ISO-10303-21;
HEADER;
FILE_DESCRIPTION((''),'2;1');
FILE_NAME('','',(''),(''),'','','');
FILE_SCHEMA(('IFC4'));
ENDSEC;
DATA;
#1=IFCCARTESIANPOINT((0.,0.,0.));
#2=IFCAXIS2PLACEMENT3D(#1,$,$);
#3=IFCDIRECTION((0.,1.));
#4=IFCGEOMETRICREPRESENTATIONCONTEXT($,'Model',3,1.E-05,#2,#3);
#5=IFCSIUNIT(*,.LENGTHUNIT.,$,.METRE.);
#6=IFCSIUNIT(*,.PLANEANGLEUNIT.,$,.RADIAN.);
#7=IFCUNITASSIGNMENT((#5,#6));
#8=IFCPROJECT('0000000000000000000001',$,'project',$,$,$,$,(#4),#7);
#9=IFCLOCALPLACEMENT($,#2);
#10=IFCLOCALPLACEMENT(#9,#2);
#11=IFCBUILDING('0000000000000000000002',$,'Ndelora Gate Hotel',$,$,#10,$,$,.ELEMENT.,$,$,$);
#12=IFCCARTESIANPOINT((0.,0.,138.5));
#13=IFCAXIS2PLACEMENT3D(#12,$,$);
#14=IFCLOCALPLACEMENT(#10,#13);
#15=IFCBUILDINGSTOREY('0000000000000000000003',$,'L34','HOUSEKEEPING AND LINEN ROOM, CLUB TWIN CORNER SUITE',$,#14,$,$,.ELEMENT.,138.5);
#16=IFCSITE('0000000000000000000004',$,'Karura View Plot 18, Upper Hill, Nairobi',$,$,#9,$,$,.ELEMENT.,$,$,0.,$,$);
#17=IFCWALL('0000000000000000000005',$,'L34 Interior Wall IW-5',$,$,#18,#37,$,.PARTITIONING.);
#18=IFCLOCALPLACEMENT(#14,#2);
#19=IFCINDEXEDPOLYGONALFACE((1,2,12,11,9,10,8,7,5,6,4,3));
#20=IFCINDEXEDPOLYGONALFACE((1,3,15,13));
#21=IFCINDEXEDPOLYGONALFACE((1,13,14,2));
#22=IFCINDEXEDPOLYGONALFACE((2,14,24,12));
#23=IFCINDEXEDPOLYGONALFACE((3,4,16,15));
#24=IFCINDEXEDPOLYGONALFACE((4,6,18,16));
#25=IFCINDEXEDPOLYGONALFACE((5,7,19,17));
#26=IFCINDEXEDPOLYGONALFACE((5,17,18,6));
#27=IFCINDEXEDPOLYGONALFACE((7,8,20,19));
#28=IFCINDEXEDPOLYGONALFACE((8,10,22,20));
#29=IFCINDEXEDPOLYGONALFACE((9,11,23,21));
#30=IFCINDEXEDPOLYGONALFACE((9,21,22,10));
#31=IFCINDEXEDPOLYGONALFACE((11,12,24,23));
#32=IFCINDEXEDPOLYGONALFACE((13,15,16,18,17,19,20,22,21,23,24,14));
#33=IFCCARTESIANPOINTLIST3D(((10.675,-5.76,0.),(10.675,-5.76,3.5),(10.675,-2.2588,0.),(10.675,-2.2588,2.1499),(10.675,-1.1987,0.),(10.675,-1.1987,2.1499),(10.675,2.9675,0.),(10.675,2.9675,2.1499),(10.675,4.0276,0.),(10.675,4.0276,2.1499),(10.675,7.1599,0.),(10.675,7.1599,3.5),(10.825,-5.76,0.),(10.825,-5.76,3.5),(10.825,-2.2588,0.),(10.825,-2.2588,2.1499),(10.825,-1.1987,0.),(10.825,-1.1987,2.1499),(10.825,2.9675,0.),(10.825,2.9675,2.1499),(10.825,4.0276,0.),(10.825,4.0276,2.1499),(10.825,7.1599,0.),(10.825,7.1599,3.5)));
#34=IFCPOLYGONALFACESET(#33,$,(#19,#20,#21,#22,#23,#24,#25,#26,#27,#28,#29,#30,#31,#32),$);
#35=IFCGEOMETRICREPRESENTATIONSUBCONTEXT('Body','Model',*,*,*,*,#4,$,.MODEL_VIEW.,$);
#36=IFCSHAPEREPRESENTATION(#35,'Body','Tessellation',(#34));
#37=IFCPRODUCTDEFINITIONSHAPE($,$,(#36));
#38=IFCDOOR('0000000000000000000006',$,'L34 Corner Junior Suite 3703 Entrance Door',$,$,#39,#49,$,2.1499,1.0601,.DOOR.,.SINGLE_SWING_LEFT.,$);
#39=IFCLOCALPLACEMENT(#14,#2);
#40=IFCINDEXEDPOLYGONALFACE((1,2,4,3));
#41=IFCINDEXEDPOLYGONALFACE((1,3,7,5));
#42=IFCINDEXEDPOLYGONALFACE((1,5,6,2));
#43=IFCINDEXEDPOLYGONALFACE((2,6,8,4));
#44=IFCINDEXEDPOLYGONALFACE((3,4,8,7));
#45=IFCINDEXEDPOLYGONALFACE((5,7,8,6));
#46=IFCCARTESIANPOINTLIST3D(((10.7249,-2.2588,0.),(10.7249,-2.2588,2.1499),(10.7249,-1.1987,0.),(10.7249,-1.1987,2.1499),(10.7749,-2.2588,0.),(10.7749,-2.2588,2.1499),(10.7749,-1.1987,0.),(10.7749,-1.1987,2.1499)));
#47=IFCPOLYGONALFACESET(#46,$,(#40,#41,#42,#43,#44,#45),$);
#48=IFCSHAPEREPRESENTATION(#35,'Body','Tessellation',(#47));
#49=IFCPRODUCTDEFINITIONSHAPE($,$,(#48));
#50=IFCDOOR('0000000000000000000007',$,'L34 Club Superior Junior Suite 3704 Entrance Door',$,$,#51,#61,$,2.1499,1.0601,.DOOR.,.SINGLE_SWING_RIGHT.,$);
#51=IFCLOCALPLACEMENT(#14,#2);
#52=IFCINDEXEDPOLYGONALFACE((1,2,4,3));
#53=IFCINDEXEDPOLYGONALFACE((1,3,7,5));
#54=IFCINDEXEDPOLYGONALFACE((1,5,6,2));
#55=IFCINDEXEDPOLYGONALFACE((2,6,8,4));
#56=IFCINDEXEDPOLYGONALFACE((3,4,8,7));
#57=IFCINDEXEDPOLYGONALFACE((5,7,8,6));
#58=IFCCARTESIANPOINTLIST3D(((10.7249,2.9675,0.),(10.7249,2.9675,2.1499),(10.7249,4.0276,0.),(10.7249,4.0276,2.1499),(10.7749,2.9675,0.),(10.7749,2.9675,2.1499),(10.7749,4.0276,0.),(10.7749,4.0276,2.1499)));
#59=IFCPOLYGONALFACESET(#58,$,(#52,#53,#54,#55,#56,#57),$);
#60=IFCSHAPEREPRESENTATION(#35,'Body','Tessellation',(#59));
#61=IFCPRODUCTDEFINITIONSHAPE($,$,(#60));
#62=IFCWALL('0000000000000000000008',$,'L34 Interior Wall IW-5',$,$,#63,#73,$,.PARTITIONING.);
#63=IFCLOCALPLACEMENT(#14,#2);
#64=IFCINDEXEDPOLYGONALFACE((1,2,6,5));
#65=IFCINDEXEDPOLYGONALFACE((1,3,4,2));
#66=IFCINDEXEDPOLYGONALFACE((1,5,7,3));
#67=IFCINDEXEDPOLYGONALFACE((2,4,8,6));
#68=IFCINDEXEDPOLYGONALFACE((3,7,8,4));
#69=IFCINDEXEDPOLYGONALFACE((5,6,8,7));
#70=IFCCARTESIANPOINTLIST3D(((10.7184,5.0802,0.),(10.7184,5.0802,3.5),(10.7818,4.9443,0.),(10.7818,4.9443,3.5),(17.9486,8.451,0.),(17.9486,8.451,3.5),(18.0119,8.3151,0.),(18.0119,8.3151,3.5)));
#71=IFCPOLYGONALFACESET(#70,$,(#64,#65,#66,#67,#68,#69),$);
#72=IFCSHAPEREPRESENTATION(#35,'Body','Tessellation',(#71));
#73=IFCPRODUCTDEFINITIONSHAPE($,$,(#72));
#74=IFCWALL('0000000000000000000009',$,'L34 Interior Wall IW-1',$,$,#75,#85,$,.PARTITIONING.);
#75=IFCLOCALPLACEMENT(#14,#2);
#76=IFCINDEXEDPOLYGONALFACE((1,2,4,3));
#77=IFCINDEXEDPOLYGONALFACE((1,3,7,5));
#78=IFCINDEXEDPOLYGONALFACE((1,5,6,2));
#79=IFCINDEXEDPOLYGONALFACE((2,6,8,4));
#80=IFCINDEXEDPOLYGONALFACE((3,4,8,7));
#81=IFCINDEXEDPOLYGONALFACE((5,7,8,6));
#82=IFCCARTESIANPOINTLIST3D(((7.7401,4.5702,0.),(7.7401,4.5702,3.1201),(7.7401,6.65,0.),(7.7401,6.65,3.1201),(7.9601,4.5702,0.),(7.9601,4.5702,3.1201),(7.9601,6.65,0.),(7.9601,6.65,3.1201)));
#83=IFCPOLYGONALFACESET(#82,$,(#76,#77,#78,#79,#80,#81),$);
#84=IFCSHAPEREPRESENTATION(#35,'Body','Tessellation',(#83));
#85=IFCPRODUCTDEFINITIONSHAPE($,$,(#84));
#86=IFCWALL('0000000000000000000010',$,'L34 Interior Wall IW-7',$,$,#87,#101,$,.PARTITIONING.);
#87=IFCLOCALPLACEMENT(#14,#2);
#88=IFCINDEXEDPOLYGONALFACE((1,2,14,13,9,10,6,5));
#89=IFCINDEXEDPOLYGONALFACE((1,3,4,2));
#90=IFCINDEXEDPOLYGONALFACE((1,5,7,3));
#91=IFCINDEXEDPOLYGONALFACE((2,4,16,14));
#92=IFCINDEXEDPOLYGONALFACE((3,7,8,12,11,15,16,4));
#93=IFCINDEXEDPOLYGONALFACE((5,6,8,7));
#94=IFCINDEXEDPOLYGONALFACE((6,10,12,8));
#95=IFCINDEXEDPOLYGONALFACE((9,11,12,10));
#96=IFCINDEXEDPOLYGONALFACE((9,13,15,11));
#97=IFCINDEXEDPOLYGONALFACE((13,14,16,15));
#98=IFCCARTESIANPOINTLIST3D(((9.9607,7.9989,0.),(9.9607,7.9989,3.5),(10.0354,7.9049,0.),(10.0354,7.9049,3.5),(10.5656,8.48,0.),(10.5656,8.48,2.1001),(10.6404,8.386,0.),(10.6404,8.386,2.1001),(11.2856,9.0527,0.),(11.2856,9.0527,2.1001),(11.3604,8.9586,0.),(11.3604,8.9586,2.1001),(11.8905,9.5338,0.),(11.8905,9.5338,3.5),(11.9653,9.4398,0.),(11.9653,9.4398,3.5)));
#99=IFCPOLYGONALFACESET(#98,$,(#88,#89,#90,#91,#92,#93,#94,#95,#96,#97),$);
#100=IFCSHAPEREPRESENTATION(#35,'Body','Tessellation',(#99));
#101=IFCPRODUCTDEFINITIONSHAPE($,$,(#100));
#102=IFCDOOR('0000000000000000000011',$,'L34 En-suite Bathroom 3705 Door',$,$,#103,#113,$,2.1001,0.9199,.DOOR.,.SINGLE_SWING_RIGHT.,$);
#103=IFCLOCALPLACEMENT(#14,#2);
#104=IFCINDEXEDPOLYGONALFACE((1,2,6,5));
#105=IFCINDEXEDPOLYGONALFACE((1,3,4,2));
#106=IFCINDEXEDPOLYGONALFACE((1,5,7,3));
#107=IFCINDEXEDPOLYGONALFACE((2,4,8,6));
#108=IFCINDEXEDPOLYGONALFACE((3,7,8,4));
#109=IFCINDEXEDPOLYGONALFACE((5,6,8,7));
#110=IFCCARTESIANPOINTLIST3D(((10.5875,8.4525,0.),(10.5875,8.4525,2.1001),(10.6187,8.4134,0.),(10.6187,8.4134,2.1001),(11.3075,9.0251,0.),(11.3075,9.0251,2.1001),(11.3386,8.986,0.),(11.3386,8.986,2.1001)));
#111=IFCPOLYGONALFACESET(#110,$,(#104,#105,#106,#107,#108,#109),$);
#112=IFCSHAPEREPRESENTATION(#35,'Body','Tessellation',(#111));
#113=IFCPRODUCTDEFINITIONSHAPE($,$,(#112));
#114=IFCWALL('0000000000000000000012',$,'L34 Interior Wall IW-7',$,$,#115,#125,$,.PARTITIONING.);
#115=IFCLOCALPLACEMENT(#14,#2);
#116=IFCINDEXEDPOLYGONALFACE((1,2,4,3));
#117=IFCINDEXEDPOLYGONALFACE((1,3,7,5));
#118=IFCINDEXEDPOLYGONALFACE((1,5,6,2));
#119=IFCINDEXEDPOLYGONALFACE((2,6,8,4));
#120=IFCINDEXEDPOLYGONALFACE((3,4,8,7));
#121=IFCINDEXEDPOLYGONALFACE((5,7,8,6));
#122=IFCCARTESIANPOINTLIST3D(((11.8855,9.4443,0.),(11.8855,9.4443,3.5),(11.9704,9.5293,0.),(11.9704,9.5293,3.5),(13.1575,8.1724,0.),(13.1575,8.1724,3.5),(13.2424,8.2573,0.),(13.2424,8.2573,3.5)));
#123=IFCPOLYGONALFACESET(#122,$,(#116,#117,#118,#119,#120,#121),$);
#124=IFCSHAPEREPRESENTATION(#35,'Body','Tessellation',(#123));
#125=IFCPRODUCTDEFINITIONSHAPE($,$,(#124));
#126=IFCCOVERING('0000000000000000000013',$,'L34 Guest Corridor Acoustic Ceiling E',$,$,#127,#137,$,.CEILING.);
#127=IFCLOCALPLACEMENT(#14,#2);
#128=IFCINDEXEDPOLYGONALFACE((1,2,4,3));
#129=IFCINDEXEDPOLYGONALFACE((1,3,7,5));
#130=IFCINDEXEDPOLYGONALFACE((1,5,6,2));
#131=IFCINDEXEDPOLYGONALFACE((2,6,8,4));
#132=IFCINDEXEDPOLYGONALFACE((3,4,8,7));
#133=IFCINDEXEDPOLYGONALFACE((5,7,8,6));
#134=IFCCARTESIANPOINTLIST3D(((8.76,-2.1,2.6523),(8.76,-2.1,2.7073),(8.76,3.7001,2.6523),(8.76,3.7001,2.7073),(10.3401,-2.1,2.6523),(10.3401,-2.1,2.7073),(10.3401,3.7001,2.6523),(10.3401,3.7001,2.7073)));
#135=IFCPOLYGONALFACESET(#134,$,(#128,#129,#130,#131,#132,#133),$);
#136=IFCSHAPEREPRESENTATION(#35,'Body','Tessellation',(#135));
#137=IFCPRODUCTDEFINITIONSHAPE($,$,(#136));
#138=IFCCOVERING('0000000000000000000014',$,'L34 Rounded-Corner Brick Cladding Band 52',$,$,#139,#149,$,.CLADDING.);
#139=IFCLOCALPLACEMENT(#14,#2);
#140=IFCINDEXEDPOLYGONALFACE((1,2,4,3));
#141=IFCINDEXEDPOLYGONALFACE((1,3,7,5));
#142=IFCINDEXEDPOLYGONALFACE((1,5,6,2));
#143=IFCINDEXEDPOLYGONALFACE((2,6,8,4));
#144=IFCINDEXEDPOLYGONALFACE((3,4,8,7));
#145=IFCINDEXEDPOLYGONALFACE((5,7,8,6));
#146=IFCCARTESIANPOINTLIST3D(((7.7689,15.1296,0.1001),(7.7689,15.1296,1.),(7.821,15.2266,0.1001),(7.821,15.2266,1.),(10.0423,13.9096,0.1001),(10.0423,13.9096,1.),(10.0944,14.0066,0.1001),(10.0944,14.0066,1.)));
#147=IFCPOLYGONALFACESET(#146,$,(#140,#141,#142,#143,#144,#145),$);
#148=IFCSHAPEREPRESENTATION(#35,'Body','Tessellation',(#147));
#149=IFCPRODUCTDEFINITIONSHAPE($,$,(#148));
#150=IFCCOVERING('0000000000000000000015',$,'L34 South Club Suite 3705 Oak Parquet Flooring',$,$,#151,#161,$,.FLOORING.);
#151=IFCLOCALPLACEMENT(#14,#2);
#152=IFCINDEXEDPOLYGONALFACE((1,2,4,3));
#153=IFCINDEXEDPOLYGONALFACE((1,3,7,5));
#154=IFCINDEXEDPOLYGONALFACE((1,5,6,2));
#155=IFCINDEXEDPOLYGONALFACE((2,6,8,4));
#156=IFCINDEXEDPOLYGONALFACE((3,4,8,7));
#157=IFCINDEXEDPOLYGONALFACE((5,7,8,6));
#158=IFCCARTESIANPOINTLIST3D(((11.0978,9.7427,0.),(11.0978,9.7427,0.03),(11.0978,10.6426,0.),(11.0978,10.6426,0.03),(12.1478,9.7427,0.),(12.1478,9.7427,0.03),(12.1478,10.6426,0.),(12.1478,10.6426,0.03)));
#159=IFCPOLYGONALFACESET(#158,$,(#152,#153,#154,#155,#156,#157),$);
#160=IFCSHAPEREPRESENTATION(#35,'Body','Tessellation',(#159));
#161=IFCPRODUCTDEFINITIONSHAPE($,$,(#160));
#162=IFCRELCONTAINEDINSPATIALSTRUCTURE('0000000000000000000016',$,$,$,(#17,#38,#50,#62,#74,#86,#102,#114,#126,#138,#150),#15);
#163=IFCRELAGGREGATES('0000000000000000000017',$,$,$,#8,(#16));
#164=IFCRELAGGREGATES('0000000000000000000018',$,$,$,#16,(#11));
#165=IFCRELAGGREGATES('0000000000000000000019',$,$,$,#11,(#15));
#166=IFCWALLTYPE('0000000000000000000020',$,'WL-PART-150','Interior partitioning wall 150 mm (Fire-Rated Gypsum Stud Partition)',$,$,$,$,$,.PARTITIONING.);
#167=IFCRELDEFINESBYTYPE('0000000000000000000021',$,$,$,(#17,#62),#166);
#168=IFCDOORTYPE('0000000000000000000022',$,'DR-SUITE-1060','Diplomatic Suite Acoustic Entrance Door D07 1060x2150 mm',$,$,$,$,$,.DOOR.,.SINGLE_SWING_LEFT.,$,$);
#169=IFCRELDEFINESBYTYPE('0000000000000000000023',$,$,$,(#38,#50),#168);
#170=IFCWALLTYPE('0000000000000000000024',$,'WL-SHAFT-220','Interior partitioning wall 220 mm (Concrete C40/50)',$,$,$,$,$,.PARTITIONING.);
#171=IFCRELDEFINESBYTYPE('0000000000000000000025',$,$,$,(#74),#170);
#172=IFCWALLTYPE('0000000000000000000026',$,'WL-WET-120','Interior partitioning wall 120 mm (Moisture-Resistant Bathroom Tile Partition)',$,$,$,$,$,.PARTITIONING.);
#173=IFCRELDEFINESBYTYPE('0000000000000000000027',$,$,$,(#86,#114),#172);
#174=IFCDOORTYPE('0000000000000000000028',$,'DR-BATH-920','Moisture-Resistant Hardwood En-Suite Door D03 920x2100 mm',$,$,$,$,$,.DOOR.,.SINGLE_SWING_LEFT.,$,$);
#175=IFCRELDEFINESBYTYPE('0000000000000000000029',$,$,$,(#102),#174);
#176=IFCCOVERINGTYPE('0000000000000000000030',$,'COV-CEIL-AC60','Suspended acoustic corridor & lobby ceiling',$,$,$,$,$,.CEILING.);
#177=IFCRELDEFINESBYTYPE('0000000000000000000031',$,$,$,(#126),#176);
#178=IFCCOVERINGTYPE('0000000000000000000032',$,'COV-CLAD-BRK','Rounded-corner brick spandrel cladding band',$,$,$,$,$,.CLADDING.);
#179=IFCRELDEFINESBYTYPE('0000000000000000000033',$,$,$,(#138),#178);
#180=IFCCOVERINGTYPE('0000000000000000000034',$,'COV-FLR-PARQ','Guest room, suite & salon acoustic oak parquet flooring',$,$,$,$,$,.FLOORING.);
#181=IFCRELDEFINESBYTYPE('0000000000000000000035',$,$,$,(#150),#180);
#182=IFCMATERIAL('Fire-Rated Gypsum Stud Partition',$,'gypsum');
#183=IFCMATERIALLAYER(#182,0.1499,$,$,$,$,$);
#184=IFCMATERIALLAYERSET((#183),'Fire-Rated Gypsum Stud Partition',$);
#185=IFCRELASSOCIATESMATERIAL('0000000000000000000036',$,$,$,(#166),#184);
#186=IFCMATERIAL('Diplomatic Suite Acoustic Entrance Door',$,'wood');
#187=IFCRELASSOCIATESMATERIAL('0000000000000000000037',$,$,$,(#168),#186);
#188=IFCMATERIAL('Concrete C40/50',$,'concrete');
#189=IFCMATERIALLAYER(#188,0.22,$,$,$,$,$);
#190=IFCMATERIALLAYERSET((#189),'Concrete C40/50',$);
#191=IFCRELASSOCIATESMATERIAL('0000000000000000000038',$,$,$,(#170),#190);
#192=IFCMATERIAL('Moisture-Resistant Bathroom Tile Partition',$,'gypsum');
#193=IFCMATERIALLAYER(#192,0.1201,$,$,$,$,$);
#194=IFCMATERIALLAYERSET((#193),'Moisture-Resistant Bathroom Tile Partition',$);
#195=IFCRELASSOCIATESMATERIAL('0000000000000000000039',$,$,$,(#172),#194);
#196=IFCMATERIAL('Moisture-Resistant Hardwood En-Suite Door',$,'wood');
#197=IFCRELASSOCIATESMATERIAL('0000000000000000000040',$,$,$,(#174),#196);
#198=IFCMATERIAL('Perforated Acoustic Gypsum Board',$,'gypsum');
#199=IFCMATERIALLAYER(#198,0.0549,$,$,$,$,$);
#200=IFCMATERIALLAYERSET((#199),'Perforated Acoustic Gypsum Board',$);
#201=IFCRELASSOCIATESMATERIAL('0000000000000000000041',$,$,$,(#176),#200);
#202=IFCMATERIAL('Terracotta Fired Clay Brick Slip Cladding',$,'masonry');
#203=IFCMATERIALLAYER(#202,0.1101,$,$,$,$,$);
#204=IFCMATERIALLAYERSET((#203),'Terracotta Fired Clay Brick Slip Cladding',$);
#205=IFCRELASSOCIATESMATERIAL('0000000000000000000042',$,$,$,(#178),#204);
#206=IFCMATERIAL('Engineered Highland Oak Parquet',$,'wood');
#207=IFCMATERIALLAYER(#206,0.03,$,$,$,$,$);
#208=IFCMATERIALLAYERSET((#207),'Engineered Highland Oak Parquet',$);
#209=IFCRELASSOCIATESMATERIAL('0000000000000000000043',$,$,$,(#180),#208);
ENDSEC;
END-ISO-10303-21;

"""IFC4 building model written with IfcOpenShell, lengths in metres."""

from ifc_helpers import new_model, si_unit, direction, frame, frame_2d, origin, origin_2d, place, context, subcontext, project, spatial, rectangle, extrude, material, layer, layer_set, type_object, element, fill, save


model = new_model("IFC4")

# Units and contexts
model_context = context("Model", 3, precision=1e-05, world=origin(), true_north=direction((0.0, 1.0)))
body_context = subcontext(model_context, "Body", "Model", "MODEL_VIEW")
ifc_project = project(units=[si_unit("LENGTHUNIT", "METRE"), si_unit("PLANEANGLEUNIT", "RADIAN")], contexts=[model_context])

# Site, building, storey
site_placement = place(None, origin())
site = spatial("IfcSite", under=ifc_project, at=site_placement, Name="Karura View Plot 18, Upper Hill, Nairobi", CompositionType="ELEMENT", RefElevation=0.0)
building_placement = place(site_placement, origin())
building = spatial("IfcBuilding", under=site, at=building_placement, Name="Ndelora Gate Hotel", CompositionType="ELEMENT")
storey_placement = place(building_placement, frame((0.0, 0.0, 138.5)))
storey = spatial("IfcBuildingStorey", under=building, at=storey_placement, Name="L34", Description="HOUSEKEEPING AND LINEN ROOM, CLUB TWIN CORNER SUITE", CompositionType="ELEMENT", Elevation=138.5)

# Shared definitions
ifc_material_1 = material(Name="Concrete C40/50", Category="concrete")

# Wall, openings, doors
ifc_material_2 = material(Name="Fire-Rated Gypsum Stud Partition", Category="gypsum")
ifc_layer_1 = layer(ifc_material_2, 0.1499)
ifc_layer_set_1 = layer_set([ifc_layer_1], Name="Fire-Rated Gypsum Stud Partition")
wall_type_1 = type_object("IfcWallType", Name="WL-PART-150", Description="Interior partitioning wall 150 mm (Fire-Rated Gypsum Stud Partition)", PredefinedType="PARTITIONING", material=ifc_layer_set_1)
wall_1_placement = place(storey_placement, frame((10.75, 7.1599, 0.0), z_axis=(0.0, 0.0, 1.0), x_axis=(0.0, -1.0, 0.0)))
wall_1 = element("IfcWall", 1, at=wall_1_placement, inside=storey, type_object=wall_type_1, Name="L34 Interior Wall IW-5", PredefinedType="PARTITIONING", context=body_context, shape_type="SweptSolid", body=[
    extrude(rectangle(XDim=12.9199, YDim=0.1499, at=frame_2d((6.46, 0.0))), origin(), (0.0, 0.0, 1.0), 3.5),
])
opening_1_placement = place(wall_1_placement, frame((8.3586, 0.0, 0.0)))
opening_1 = element("IfcOpeningElement", 2, at=opening_1_placement, cuts=wall_1, PredefinedType="OPENING", context=body_context, shape_type="SweptSolid", body=[
    extrude(rectangle(XDim=1.0601, YDim=2.1499, at=frame_2d((0.53, 1.075))), frame((0.0, 0.085, 0.0), z_axis=(0.0, -1.0, 0.0), x_axis=(1.0, 0.0, 0.0)), (0.0, 0.0, 1.0), 0.1699),
])
opening_2_placement = place(wall_1_placement, frame((3.1323, 0.0, 0.0)))
opening_2 = element("IfcOpeningElement", 3, at=opening_2_placement, cuts=wall_1, PredefinedType="OPENING", context=body_context, shape_type="SweptSolid", body=[
    extrude(rectangle(XDim=1.0601, YDim=2.1499, at=frame_2d((0.53, 1.075))), frame((0.0, 0.085, 0.0), z_axis=(0.0, -1.0, 0.0), x_axis=(1.0, 0.0, 0.0)), (0.0, 0.0, 1.0), 0.1699),
])
ifc_material_3 = material(Name="Diplomatic Suite Acoustic Entrance Door", Category="wood")
door_type_1 = type_object("IfcDoorType", Name="DR-SUITE-1060", Description="Diplomatic Suite Acoustic Entrance Door D07 1060x2150 mm", OperationType="SINGLE_SWING_LEFT", PredefinedType="DOOR", material=ifc_material_3)
door_1_placement = place(opening_1_placement, origin())
door_1 = element("IfcDoor", 4, at=door_1_placement, inside=storey, type_object=door_type_1, Name="L34 Corner Junior Suite 3703 Entrance Door", OperationType="SINGLE_SWING_LEFT", OverallHeight=2.1499, OverallWidth=1.0601, PredefinedType="DOOR", context=body_context, shape_type="SweptSolid", body=[
    extrude(rectangle(XDim=1.0601, YDim=2.1499, at=frame_2d((0.53, 1.075))), frame((0.0, 0.0249, 0.0), z_axis=(0.0, -1.0, 0.0), x_axis=(1.0, 0.0, 0.0)), (0.0, 0.0, 1.0), 0.05),
])
fill(opening_1, door_1)
door_2_placement = place(opening_2_placement, origin())
door_2 = element("IfcDoor", 5, at=door_2_placement, inside=storey, type_object=door_type_1, Name="L34 Club Superior Junior Suite 3704 Entrance Door", OperationType="SINGLE_SWING_RIGHT", OverallHeight=2.1499, OverallWidth=1.0601, PredefinedType="DOOR", context=body_context, shape_type="SweptSolid", body=[
    extrude(rectangle(XDim=1.0601, YDim=2.1499, at=frame_2d((0.53, 1.075))), frame((0.0, 0.0249, 0.0), z_axis=(0.0, -1.0, 0.0), x_axis=(1.0, 0.0, 0.0)), (0.0, 0.0, 1.0), 0.05),
])
fill(opening_2, door_2)

# Walls
wall_2_placement = place(storey_placement, frame((10.75, 5.0122, 0.0), z_axis=(0.0, 0.0, 1.0), x_axis=(0.906339, 0.42255, 0.0)))
element("IfcWall", 6, at=wall_2_placement, inside=storey, type_object=wall_type_1, Name="L34 Interior Wall IW-5", PredefinedType="PARTITIONING", context=body_context, shape_type="SweptSolid", body=[
    extrude(rectangle(XDim=7.9773, YDim=0.1499, at=frame_2d((3.9888, 0.0))), origin(), (0.0, 0.0, 1.0), 3.5),
])
ifc_layer_2 = layer(ifc_material_1, 0.22)
ifc_layer_set_2 = layer_set([ifc_layer_2], Name="Concrete C40/50")
wall_type_2 = type_object("IfcWallType", Name="WL-SHAFT-220", Description="Interior partitioning wall 220 mm (Concrete C40/50)", PredefinedType="PARTITIONING", material=ifc_layer_set_2)
wall_3_placement = place(storey_placement, frame((7.8501, 4.5701, 0.0), z_axis=(0.0, 0.0, 1.0), x_axis=(0.0, 1.0, 0.0)))
element("IfcWall", 7, at=wall_3_placement, inside=storey, type_object=wall_type_2, Name="L34 Interior Wall IW-1", PredefinedType="PARTITIONING", context=body_context, shape_type="SweptSolid", body=[
    extrude(rectangle(XDim=2.0798, YDim=0.22, at=frame_2d((1.04, 0.0))), origin(), (0.0, 0.0, 1.0), 3.1201),
])

# Wall, opening, door
ifc_material_4 = material(Name="Moisture-Resistant Bathroom Tile Partition", Category="gypsum")
ifc_layer_3 = layer(ifc_material_4, 0.1201)
ifc_layer_set_3 = layer_set([ifc_layer_3], Name="Moisture-Resistant Bathroom Tile Partition")
wall_type_3 = type_object("IfcWallType", Name="WL-WET-120", Description="Interior partitioning wall 120 mm (Moisture-Resistant Bathroom Tile Partition)", PredefinedType="PARTITIONING", material=ifc_layer_set_3)
wall_4_placement = place(storey_placement, frame((9.998, 7.9519, 0.0), z_axis=(0.0, 0.0, 1.0), x_axis=(0.782653, 0.622459, 0.0)))
wall_4 = element("IfcWall", 8, at=wall_4_placement, inside=storey, type_object=wall_type_3, Name="L34 Interior Wall IW-7", PredefinedType="PARTITIONING", context=body_context, shape_type="SweptSolid", body=[
    extrude(rectangle(XDim=2.4658, YDim=0.1201, at=frame_2d((1.2329, 0.0))), origin(), (0.0, 0.0, 1.0), 3.5),
])
opening_3_placement = place(wall_4_placement, frame((0.7729, 0.0, 0.0)))
opening_3 = element("IfcOpeningElement", 9, at=opening_3_placement, cuts=wall_4, PredefinedType="OPENING", context=body_context, shape_type="SweptSolid", body=[
    extrude(rectangle(XDim=0.9199, YDim=2.1001, at=frame_2d((0.46, 1.05))), frame((0.0, 0.0701, 0.0), z_axis=(0.0, -1.0, 0.0), x_axis=(1.0, 0.0, 0.0)), (0.0, 0.0, 1.0), 0.1401),
])
ifc_material_5 = material(Name="Moisture-Resistant Hardwood En-Suite Door", Category="wood")
door_type_2 = type_object("IfcDoorType", Name="DR-BATH-920", Description="Moisture-Resistant Hardwood En-Suite Door D03 920x2100 mm", OperationType="SINGLE_SWING_LEFT", PredefinedType="DOOR", material=ifc_material_5)
door_3_placement = place(opening_3_placement, origin())
door_3 = element("IfcDoor", 10, at=door_3_placement, inside=storey, type_object=door_type_2, Name="L34 En-suite Bathroom 3705 Door", OperationType="SINGLE_SWING_RIGHT", OverallHeight=2.1001, OverallWidth=0.9199, PredefinedType="DOOR", context=body_context, shape_type="SweptSolid", body=[
    extrude(rectangle(XDim=0.9199, YDim=2.1001, at=frame_2d((0.46, 1.05))), frame((0.0, 0.0249, 0.0), z_axis=(0.0, -1.0, 0.0), x_axis=(1.0, 0.0, 0.0)), (0.0, 0.0, 1.0), 0.05),
])
fill(opening_3, door_3)

# Wall
wall_5_placement = place(storey_placement, frame((11.928, 9.4868, 0.0), z_axis=(0.0, 0.0, 1.0), x_axis=(0.707107, -0.707107, 0.0)))
element("IfcWall", 11, at=wall_5_placement, inside=storey, type_object=wall_type_3, Name="L34 Interior Wall IW-7", PredefinedType="PARTITIONING", context=body_context, shape_type="SweptSolid", body=[
    extrude(rectangle(XDim=1.7988, YDim=0.1201, at=frame_2d((0.8994, 0.0))), origin(), (0.0, 0.0, 1.0), 3.5),
])

# Coverings
ifc_material_6 = material(Name="Perforated Acoustic Gypsum Board", Category="gypsum")
ifc_layer_4 = layer(ifc_material_6, 0.0549)
ifc_layer_set_4 = layer_set([ifc_layer_4], Name="Perforated Acoustic Gypsum Board")
covering_type_1 = type_object("IfcCoveringType", Name="COV-CEIL-AC60", Description="Suspended acoustic corridor & lobby ceiling", PredefinedType="CEILING", material=ifc_layer_set_4)
covering_1_placement = place(storey_placement, frame((9.55, 0.8, 2.6523), z_axis=(0.0, 0.0, 1.0), x_axis=(1.0, 0.0, 0.0)))
element("IfcCovering", 12, at=covering_1_placement, inside=storey, type_object=covering_type_1, Name="L34 Guest Corridor Acoustic Ceiling E", PredefinedType="CEILING", context=body_context, shape_type="SweptSolid", body=[
    extrude(rectangle(XDim=1.5801, YDim=5.8, at=origin_2d()), origin(), (0.0, 0.0, 1.0), 0.0549),
])
ifc_material_7 = material(Name="Terracotta Fired Clay Brick Slip Cladding", Category="masonry")
ifc_layer_5 = layer(ifc_material_7, 0.1101)
ifc_layer_set_5 = layer_set([ifc_layer_5], Name="Terracotta Fired Clay Brick Slip Cladding")
covering_type_2 = type_object("IfcCoveringType", Name="COV-CLAD-BRK", Description="Rounded-corner brick spandrel cladding band", PredefinedType="CLADDING", material=ifc_layer_set_5)
covering_2_placement = place(storey_placement, frame((8.9316, 14.5681, 0.1001), z_axis=(0.0, 0.0, 1.0), x_axis=(-0.881138, 0.472858, 0.0)))
element("IfcCovering", 13, at=covering_2_placement, inside=storey, type_object=covering_type_2, Name="L34 Rounded-Corner Brick Cladding Band 52", PredefinedType="CLADDING", context=body_context, shape_type="SweptSolid", body=[
    extrude(rectangle(XDim=2.5801, YDim=0.1101, at=origin_2d()), origin(), (0.0, 0.0, 1.0), 0.8999),
])
ifc_material_8 = material(Name="Engineered Highland Oak Parquet", Category="wood")
ifc_layer_6 = layer(ifc_material_8, 0.03)
ifc_layer_set_6 = layer_set([ifc_layer_6], Name="Engineered Highland Oak Parquet")
covering_type_3 = type_object("IfcCoveringType", Name="COV-FLR-PARQ", Description="Guest room, suite & salon acoustic oak parquet flooring", PredefinedType="FLOORING", material=ifc_layer_set_6)
covering_3_placement = place(storey_placement, frame((11.6228, 10.1926, 0.0), z_axis=(0.0, 0.0, 1.0), x_axis=(1.0, 0.0, 0.0)))
element("IfcCovering", 14, at=covering_3_placement, inside=storey, type_object=covering_type_3, Name="L34 South Club Suite 3705 Oak Parquet Flooring", PredefinedType="FLOORING", context=body_context, shape_type="SweptSolid", body=[
    extrude(rectangle(XDim=1.05, YDim=0.8999, at=origin_2d()), origin(), (0.0, 0.0, 1.0), 0.03),
])

save(model, "model.ifc")
